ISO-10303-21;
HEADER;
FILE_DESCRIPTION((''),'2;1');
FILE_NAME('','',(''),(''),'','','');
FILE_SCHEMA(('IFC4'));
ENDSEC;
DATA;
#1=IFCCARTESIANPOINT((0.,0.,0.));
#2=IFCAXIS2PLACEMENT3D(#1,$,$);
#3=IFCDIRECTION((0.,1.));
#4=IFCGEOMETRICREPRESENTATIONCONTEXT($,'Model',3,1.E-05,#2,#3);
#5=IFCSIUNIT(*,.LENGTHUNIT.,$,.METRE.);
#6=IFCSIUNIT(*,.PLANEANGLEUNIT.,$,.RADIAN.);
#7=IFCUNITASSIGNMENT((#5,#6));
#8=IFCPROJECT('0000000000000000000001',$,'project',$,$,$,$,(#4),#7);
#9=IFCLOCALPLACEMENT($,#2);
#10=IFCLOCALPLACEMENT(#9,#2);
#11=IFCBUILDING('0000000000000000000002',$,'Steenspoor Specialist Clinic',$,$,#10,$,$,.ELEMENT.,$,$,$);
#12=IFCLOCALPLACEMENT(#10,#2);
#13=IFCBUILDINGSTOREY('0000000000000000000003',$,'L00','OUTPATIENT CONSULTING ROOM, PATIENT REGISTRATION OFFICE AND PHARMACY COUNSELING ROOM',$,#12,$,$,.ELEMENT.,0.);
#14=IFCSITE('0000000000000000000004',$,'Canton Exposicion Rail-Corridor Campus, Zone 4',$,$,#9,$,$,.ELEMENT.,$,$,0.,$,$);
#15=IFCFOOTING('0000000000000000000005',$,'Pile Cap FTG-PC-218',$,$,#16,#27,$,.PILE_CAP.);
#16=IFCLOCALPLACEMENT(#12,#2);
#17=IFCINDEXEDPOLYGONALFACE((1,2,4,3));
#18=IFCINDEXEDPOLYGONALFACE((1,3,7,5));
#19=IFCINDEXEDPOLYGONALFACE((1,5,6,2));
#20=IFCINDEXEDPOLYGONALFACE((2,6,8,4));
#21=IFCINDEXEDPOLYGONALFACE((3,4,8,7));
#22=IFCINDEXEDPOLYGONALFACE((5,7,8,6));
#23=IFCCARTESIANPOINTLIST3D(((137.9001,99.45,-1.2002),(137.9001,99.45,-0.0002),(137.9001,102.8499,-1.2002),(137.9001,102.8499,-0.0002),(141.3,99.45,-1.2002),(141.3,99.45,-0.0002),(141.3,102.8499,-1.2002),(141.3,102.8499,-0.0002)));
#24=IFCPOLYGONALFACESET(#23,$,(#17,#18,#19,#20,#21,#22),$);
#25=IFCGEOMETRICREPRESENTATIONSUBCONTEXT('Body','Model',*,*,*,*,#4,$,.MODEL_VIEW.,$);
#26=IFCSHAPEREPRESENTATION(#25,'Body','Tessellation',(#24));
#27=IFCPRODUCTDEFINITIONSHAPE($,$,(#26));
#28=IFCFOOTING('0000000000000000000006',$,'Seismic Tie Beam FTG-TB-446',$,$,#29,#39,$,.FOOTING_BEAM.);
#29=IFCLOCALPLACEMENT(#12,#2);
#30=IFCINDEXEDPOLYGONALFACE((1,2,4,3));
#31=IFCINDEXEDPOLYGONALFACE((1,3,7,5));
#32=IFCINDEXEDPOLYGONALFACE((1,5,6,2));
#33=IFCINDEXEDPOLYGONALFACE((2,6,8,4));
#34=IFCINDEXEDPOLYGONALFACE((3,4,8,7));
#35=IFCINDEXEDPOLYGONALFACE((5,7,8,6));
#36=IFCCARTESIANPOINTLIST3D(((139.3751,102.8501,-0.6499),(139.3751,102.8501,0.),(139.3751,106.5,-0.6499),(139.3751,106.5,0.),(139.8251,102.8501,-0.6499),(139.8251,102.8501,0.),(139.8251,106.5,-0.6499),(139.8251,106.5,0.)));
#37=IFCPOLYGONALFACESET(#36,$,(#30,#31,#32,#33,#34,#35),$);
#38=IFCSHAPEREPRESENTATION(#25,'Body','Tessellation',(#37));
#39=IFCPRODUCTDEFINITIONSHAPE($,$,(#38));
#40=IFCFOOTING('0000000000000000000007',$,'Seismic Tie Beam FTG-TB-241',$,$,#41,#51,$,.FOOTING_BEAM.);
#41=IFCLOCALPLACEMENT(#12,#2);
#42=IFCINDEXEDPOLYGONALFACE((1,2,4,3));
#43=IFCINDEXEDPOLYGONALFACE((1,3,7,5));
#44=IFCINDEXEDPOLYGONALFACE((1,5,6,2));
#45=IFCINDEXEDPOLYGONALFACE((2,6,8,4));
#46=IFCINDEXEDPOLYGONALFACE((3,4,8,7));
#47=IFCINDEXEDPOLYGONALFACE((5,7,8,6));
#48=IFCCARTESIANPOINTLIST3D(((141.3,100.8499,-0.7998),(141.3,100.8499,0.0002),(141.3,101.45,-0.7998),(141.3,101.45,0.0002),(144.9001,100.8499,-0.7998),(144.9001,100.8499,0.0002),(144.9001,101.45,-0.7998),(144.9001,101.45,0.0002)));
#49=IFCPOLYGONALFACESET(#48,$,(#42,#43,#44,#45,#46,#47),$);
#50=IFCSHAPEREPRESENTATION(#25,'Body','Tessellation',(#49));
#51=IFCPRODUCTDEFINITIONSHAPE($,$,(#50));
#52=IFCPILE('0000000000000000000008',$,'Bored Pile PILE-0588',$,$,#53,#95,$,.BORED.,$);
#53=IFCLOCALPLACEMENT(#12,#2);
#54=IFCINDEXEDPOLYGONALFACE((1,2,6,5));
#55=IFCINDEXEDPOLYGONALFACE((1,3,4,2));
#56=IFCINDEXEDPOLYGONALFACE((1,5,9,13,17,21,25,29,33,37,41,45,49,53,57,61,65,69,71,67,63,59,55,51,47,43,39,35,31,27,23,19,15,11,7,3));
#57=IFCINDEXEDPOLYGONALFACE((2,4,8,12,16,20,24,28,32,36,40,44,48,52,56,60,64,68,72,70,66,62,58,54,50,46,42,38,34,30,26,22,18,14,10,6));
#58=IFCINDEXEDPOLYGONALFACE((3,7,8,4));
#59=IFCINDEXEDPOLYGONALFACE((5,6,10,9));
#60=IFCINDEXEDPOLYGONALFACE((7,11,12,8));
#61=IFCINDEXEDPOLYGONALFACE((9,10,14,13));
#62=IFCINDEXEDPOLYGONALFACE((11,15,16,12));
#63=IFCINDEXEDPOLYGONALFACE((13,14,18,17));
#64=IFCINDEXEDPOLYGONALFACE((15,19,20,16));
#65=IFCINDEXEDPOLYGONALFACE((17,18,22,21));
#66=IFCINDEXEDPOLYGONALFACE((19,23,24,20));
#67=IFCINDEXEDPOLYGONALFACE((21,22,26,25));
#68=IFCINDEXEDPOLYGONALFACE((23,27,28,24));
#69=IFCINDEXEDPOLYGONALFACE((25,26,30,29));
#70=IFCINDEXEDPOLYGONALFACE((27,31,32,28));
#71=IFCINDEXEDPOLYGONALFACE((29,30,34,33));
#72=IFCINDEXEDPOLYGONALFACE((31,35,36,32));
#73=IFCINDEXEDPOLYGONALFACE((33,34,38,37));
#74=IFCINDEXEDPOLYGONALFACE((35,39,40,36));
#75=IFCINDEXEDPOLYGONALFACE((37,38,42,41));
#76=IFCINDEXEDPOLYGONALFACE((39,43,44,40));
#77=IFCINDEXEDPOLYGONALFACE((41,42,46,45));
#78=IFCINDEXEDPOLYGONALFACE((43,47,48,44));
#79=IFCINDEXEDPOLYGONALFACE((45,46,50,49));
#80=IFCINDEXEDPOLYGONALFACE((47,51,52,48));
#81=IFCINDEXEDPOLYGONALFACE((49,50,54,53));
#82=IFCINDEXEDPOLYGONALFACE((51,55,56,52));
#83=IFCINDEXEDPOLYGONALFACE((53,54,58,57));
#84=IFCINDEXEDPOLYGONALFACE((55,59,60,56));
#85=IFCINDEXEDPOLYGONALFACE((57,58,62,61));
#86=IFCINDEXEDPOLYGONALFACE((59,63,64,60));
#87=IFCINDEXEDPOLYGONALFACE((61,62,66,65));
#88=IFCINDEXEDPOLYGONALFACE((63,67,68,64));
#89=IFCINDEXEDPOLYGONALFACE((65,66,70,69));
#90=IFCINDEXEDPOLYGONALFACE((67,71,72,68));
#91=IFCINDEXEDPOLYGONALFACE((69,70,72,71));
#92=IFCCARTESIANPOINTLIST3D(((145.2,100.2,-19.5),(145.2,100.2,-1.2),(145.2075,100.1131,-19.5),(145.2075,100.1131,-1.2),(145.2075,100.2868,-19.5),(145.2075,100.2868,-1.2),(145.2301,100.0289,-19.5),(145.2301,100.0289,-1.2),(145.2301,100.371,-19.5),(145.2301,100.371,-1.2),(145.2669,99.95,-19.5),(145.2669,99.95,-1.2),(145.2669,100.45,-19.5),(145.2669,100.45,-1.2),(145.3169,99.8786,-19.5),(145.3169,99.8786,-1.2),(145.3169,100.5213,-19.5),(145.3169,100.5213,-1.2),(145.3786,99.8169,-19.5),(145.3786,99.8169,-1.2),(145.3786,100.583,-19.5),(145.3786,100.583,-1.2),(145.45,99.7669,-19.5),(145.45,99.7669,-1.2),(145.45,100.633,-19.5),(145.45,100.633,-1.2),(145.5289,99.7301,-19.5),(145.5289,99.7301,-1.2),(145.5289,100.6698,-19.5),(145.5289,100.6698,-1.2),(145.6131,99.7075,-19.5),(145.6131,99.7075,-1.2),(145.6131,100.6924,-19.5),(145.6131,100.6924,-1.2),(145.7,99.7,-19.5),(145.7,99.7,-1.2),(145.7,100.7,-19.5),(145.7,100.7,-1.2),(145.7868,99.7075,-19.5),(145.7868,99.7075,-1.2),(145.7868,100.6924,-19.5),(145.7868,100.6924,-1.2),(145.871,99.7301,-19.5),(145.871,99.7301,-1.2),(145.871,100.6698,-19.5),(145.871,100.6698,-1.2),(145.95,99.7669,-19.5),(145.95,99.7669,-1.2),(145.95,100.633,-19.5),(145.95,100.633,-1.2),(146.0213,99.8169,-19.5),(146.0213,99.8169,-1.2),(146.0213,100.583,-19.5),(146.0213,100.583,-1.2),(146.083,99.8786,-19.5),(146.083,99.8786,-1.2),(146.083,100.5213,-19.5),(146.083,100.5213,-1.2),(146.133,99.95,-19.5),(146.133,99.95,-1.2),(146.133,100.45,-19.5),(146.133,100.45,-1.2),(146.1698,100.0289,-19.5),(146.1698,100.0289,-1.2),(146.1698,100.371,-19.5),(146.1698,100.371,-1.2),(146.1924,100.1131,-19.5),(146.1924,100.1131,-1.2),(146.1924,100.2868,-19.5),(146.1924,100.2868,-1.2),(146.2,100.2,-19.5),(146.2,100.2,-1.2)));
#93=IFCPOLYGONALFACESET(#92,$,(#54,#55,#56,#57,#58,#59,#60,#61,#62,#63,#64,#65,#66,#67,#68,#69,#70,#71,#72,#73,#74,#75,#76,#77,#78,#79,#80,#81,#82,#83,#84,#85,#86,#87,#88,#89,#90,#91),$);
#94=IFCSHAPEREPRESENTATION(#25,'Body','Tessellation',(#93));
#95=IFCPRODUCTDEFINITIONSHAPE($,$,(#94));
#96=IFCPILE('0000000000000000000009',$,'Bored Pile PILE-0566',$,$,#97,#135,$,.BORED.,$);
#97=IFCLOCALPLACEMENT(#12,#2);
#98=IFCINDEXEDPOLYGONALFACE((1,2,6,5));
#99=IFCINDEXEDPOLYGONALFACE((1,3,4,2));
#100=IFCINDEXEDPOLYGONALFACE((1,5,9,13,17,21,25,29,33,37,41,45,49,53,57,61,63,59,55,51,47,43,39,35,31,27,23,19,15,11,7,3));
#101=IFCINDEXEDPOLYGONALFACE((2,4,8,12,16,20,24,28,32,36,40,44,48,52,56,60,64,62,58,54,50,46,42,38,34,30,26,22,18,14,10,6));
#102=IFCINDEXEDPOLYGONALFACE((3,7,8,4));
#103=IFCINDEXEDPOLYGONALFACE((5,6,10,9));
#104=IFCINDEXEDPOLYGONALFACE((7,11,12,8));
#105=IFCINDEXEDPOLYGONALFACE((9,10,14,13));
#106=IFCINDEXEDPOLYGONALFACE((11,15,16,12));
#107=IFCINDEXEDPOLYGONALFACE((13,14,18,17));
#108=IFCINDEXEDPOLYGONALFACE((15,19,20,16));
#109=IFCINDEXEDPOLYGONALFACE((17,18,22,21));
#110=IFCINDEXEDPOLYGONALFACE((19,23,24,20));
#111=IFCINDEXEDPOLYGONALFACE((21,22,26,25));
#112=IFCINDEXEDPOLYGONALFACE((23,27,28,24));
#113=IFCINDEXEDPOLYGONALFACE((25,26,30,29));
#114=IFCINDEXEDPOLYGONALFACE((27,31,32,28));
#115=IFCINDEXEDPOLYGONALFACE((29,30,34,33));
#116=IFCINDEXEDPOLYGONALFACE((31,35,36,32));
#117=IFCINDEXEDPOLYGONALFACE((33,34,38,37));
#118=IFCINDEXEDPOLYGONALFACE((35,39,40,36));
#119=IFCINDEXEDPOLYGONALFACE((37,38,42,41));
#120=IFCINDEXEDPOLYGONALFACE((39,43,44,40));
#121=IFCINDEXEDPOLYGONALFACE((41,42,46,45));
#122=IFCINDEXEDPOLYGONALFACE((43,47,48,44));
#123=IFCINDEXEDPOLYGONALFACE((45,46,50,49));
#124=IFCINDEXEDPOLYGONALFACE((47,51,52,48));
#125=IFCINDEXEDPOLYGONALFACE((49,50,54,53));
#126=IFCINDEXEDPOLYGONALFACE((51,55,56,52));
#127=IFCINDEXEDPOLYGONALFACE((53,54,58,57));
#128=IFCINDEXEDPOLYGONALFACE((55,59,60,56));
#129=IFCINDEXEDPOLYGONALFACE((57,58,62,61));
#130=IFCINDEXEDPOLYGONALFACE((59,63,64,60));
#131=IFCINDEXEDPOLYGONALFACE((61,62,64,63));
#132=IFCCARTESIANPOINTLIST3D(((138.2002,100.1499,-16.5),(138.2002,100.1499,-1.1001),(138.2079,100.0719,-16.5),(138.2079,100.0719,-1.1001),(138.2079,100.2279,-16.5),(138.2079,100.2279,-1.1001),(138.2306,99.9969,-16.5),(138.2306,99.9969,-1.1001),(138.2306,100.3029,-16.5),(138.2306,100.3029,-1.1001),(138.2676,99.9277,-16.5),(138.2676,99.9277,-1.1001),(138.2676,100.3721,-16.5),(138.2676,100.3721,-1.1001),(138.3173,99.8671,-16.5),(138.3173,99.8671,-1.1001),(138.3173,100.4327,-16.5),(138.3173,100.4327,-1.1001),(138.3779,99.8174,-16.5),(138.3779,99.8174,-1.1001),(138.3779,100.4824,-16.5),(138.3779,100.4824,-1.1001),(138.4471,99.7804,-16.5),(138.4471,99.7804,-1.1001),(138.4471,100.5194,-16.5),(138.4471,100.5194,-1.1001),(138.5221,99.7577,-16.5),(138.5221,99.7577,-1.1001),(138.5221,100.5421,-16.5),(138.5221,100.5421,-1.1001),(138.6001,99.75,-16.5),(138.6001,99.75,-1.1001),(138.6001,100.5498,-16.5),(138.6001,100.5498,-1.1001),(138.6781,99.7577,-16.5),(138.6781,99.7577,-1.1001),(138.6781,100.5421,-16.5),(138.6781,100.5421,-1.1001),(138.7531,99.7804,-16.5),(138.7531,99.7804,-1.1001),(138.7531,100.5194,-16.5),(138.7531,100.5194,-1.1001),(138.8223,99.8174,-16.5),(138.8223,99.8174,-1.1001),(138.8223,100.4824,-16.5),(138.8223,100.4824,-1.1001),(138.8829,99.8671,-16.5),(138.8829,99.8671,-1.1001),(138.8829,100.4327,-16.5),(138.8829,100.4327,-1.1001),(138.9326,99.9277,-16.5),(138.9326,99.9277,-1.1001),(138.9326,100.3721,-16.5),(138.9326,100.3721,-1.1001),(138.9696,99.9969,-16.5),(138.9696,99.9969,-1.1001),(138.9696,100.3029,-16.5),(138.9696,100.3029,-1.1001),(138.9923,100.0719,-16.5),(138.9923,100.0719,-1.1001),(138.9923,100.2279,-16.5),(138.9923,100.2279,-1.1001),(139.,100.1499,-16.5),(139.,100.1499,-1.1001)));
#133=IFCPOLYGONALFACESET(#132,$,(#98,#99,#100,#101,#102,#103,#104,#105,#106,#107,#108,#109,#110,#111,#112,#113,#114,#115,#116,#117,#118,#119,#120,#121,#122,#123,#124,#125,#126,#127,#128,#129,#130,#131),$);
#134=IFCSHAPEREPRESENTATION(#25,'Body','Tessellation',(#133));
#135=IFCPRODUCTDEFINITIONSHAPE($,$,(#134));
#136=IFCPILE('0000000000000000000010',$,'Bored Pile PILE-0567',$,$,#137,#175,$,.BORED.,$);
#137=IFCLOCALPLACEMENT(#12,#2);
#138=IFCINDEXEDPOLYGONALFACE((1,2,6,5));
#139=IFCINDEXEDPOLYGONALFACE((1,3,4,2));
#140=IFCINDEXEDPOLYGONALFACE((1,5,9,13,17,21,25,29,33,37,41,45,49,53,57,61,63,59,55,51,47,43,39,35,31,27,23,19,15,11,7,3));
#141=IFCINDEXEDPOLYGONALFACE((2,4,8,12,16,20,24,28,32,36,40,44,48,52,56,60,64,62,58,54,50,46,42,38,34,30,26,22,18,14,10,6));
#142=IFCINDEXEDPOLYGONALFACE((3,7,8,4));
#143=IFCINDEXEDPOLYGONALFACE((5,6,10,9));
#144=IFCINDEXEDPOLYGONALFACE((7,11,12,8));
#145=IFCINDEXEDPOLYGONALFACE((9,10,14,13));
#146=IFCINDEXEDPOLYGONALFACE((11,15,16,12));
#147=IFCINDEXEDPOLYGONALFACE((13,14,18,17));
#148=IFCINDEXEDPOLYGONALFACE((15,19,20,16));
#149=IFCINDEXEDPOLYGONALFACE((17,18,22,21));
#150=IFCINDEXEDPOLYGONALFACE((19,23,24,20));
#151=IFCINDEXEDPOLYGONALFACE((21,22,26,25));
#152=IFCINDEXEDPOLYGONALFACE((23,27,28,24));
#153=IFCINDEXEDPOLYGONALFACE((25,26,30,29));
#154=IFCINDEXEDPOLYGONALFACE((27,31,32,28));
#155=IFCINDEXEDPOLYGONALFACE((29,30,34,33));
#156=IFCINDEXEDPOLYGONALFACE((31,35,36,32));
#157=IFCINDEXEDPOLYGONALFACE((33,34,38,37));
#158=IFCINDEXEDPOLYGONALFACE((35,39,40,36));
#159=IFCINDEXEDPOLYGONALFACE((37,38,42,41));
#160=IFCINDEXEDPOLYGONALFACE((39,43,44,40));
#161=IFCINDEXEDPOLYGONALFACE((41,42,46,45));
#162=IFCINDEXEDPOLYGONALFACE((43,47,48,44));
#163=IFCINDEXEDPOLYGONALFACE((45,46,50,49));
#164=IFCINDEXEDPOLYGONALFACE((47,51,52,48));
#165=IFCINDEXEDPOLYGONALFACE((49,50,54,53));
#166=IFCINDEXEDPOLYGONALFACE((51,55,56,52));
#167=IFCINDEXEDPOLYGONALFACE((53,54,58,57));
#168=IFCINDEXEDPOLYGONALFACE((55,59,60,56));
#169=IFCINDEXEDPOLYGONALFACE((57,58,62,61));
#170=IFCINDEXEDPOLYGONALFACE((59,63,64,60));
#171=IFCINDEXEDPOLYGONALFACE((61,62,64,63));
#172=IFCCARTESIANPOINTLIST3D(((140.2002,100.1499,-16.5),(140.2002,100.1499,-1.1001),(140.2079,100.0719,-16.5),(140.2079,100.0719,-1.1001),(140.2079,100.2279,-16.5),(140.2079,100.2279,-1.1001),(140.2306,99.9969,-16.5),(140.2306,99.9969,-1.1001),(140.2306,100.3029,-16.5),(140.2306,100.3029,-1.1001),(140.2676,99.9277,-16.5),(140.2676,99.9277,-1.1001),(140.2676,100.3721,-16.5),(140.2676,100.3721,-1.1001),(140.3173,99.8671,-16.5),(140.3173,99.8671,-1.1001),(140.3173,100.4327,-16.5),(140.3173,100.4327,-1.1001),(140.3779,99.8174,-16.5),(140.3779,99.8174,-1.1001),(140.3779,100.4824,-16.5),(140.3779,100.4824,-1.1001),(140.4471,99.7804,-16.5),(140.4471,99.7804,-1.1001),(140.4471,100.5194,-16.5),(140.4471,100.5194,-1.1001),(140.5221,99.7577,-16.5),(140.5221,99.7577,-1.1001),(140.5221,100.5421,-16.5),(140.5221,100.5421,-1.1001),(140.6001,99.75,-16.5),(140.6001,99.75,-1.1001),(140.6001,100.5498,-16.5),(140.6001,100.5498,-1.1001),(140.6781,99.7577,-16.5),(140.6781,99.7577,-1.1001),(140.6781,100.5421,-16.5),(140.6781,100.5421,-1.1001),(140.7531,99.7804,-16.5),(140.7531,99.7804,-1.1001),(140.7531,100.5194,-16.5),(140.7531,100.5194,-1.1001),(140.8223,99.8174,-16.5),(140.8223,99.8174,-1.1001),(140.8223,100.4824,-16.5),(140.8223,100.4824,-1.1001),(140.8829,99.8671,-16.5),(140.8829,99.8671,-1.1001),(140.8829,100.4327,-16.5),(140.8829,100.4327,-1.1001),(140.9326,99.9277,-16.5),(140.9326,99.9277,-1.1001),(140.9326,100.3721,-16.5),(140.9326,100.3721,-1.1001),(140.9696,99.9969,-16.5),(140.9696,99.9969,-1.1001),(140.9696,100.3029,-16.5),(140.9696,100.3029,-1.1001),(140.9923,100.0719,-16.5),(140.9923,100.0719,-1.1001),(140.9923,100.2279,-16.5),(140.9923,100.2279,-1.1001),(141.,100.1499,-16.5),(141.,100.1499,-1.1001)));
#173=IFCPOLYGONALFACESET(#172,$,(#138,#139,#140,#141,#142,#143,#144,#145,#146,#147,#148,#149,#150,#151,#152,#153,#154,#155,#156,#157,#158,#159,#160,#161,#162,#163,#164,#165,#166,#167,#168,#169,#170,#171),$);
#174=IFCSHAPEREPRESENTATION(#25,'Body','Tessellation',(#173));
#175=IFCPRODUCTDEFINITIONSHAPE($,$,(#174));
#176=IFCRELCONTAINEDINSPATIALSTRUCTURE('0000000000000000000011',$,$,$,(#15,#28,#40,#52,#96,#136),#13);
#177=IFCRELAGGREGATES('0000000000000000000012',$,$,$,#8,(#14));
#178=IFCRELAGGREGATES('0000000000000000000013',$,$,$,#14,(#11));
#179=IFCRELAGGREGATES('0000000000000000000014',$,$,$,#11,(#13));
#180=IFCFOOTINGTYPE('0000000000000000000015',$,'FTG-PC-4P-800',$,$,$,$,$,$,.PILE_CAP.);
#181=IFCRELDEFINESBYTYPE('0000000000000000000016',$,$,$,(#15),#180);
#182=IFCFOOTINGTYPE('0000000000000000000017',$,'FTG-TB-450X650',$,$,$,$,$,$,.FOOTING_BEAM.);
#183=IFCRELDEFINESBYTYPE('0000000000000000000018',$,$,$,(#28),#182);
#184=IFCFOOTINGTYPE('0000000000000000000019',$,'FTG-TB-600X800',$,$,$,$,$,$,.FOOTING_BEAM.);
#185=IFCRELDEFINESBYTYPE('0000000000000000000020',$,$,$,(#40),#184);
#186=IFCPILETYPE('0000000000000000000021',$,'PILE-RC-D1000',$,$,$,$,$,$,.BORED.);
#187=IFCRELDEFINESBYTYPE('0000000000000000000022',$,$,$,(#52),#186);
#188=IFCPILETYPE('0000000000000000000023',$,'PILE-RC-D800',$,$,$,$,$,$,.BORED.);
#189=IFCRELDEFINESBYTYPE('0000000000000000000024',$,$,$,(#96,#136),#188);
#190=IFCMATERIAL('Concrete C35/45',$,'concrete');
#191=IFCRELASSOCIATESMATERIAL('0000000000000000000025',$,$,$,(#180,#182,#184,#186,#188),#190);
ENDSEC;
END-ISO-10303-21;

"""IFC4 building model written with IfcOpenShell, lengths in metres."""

from ifc_helpers import new_model, si_unit, direction, frame, origin, origin_2d, place, context, subcontext, project, spatial, rectangle, circle, extrude, material, material_profile, profile_set, type_object, element, save


model = new_model("IFC4")

# Units and contexts
model_context = context("Model", 3, precision=1e-05, world=origin(), true_north=direction((0.0, 1.0)))
body_context = subcontext(model_context, "Body", "Model", "MODEL_VIEW")
ifc_project = project(units=[si_unit("LENGTHUNIT", "METRE"), si_unit("PLANEANGLEUNIT", "RADIAN")], contexts=[model_context])

# Site, building, storey
site_placement = place(None, origin())
site = spatial("IfcSite", under=ifc_project, at=site_placement, Name="Canton Exposicion Rail-Corridor Campus, Zone 4", CompositionType="ELEMENT", RefElevation=0.0)
building_placement = place(site_placement, origin())
building = spatial("IfcBuilding", under=site, at=building_placement, Name="Steenspoor Specialist Clinic", CompositionType="ELEMENT")
storey_placement = place(building_placement, origin())
storey = spatial("IfcBuildingStorey", under=building, at=storey_placement, Name="L00", Description="OUTPATIENT CONSULTING ROOM, PATIENT REGISTRATION OFFICE AND PHARMACY COUNSELING ROOM", CompositionType="ELEMENT", Elevation=0.0)

# Footings
ifc_material_1 = material(Name="Concrete C35/45", Category="concrete")
footing_type_1 = type_object("IfcFootingType", Name="FTG-PC-4P-800", PredefinedType="PILE_CAP", material=ifc_material_1)
footing_1_placement = place(storey_placement, frame((139.6001, 101.1499, -1.2002), z_axis=(0.0, 0.0, 1.0), x_axis=(1.0, 0.0, 0.0)))
element("IfcFooting", 1, at=footing_1_placement, inside=storey, type_object=footing_type_1, Name="Pile Cap FTG-PC-218", PredefinedType="PILE_CAP", context=body_context, shape_type="SweptSolid", body=[
    extrude(rectangle(XDim=3.3999, YDim=3.3999, at=origin_2d()), origin(), (0.0, 0.0, 1.0), 1.2),
])
footing_type_2 = type_object("IfcFootingType", Name="FTG-TB-450X650", PredefinedType="FOOTING_BEAM", material=ifc_material_1)
footing_2_placement = place(storey_placement, frame((139.6001, 104.675, -0.6499), z_axis=(0.0, 0.0, 1.0), x_axis=(1.0, 0.0, 0.0)))
element("IfcFooting", 2, at=footing_2_placement, inside=storey, type_object=footing_type_2, Name="Seismic Tie Beam FTG-TB-446", PredefinedType="FOOTING_BEAM", context=body_context, shape_type="SweptSolid", body=[
    extrude(rectangle(XDim=0.45, YDim=3.6499, at=origin_2d()), origin(), (0.0, 0.0, 1.0), 0.6499),
])
footing_type_3 = type_object("IfcFootingType", Name="FTG-TB-600X800", PredefinedType="FOOTING_BEAM", material=ifc_material_1)
footing_3_placement = place(storey_placement, frame((143.1001, 101.1499, -0.7998), z_axis=(0.0, 0.0, 1.0), x_axis=(1.0, 0.0, 0.0)))
element("IfcFooting", 3, at=footing_3_placement, inside=storey, type_object=footing_type_3, Name="Seismic Tie Beam FTG-TB-241", PredefinedType="FOOTING_BEAM", context=body_context, shape_type="SweptSolid", body=[
    extrude(rectangle(XDim=3.6001, YDim=0.6001, at=origin_2d()), origin(), (0.0, 0.0, 1.0), 0.8),
])

# Piles
ifc_material_profile_1 = material_profile(ifc_material_1, circle(Radius=0.5, at=origin_2d()), Name="PILE-D1000")
ifc_profile_set_1 = profile_set([ifc_material_profile_1], Name="Concrete C35/45")
pile_type_1 = type_object("IfcPileType", Name="PILE-RC-D1000", PredefinedType="BORED", material=ifc_profile_set_1)
pile_placement = place(storey_placement, frame((145.7, 100.2, -1.2), z_axis=(0.0, 0.0, -1.0), x_axis=(1.0, 0.0, 0.0)))
element("IfcPile", 4, at=pile_placement, inside=storey, type_object=pile_type_1, Name="Bored Pile PILE-0588", PredefinedType="BORED", context=body_context, shape_type="SweptSolid", body=[
    extrude(circle(Radius=0.5, at=origin_2d()), origin(), (0.0, 0.0, 1.0), 18.3),
])
ifc_material_profile_2 = material_profile(ifc_material_1, circle(Radius=0.3999, at=origin_2d()), Name="PILE-D800")
ifc_profile_set_2 = profile_set([ifc_material_profile_2], Name="Concrete C35/45")
pile_type_2 = type_object("IfcPileType", Name="PILE-RC-D800", PredefinedType="BORED", material=ifc_profile_set_2)
for number, where, z_axis, x_axis, name in (
    (5, (138.6001, 100.1499, -1.1001), (0.0, 0.0, -1.0), (1.0, 0.0, 0.0), "Bored Pile PILE-0566"),
    (6, (140.6001, 100.1499, -1.1001), (0.0, 0.0, -1.0), (1.0, 0.0, 0.0), "Bored Pile PILE-0567"),
):
    element("IfcPile", number, at=place(storey_placement, frame(where, z_axis=z_axis, x_axis=x_axis)), inside=storey, type_object=pile_type_2, Name=name, PredefinedType="BORED", context=body_context, shape_type="SweptSolid", body=[
        extrude(circle(Radius=0.3999, at=origin_2d()), origin(), (0.0, 0.0, 1.0), 15.3999),
    ])

save(model, "model.ifc")
